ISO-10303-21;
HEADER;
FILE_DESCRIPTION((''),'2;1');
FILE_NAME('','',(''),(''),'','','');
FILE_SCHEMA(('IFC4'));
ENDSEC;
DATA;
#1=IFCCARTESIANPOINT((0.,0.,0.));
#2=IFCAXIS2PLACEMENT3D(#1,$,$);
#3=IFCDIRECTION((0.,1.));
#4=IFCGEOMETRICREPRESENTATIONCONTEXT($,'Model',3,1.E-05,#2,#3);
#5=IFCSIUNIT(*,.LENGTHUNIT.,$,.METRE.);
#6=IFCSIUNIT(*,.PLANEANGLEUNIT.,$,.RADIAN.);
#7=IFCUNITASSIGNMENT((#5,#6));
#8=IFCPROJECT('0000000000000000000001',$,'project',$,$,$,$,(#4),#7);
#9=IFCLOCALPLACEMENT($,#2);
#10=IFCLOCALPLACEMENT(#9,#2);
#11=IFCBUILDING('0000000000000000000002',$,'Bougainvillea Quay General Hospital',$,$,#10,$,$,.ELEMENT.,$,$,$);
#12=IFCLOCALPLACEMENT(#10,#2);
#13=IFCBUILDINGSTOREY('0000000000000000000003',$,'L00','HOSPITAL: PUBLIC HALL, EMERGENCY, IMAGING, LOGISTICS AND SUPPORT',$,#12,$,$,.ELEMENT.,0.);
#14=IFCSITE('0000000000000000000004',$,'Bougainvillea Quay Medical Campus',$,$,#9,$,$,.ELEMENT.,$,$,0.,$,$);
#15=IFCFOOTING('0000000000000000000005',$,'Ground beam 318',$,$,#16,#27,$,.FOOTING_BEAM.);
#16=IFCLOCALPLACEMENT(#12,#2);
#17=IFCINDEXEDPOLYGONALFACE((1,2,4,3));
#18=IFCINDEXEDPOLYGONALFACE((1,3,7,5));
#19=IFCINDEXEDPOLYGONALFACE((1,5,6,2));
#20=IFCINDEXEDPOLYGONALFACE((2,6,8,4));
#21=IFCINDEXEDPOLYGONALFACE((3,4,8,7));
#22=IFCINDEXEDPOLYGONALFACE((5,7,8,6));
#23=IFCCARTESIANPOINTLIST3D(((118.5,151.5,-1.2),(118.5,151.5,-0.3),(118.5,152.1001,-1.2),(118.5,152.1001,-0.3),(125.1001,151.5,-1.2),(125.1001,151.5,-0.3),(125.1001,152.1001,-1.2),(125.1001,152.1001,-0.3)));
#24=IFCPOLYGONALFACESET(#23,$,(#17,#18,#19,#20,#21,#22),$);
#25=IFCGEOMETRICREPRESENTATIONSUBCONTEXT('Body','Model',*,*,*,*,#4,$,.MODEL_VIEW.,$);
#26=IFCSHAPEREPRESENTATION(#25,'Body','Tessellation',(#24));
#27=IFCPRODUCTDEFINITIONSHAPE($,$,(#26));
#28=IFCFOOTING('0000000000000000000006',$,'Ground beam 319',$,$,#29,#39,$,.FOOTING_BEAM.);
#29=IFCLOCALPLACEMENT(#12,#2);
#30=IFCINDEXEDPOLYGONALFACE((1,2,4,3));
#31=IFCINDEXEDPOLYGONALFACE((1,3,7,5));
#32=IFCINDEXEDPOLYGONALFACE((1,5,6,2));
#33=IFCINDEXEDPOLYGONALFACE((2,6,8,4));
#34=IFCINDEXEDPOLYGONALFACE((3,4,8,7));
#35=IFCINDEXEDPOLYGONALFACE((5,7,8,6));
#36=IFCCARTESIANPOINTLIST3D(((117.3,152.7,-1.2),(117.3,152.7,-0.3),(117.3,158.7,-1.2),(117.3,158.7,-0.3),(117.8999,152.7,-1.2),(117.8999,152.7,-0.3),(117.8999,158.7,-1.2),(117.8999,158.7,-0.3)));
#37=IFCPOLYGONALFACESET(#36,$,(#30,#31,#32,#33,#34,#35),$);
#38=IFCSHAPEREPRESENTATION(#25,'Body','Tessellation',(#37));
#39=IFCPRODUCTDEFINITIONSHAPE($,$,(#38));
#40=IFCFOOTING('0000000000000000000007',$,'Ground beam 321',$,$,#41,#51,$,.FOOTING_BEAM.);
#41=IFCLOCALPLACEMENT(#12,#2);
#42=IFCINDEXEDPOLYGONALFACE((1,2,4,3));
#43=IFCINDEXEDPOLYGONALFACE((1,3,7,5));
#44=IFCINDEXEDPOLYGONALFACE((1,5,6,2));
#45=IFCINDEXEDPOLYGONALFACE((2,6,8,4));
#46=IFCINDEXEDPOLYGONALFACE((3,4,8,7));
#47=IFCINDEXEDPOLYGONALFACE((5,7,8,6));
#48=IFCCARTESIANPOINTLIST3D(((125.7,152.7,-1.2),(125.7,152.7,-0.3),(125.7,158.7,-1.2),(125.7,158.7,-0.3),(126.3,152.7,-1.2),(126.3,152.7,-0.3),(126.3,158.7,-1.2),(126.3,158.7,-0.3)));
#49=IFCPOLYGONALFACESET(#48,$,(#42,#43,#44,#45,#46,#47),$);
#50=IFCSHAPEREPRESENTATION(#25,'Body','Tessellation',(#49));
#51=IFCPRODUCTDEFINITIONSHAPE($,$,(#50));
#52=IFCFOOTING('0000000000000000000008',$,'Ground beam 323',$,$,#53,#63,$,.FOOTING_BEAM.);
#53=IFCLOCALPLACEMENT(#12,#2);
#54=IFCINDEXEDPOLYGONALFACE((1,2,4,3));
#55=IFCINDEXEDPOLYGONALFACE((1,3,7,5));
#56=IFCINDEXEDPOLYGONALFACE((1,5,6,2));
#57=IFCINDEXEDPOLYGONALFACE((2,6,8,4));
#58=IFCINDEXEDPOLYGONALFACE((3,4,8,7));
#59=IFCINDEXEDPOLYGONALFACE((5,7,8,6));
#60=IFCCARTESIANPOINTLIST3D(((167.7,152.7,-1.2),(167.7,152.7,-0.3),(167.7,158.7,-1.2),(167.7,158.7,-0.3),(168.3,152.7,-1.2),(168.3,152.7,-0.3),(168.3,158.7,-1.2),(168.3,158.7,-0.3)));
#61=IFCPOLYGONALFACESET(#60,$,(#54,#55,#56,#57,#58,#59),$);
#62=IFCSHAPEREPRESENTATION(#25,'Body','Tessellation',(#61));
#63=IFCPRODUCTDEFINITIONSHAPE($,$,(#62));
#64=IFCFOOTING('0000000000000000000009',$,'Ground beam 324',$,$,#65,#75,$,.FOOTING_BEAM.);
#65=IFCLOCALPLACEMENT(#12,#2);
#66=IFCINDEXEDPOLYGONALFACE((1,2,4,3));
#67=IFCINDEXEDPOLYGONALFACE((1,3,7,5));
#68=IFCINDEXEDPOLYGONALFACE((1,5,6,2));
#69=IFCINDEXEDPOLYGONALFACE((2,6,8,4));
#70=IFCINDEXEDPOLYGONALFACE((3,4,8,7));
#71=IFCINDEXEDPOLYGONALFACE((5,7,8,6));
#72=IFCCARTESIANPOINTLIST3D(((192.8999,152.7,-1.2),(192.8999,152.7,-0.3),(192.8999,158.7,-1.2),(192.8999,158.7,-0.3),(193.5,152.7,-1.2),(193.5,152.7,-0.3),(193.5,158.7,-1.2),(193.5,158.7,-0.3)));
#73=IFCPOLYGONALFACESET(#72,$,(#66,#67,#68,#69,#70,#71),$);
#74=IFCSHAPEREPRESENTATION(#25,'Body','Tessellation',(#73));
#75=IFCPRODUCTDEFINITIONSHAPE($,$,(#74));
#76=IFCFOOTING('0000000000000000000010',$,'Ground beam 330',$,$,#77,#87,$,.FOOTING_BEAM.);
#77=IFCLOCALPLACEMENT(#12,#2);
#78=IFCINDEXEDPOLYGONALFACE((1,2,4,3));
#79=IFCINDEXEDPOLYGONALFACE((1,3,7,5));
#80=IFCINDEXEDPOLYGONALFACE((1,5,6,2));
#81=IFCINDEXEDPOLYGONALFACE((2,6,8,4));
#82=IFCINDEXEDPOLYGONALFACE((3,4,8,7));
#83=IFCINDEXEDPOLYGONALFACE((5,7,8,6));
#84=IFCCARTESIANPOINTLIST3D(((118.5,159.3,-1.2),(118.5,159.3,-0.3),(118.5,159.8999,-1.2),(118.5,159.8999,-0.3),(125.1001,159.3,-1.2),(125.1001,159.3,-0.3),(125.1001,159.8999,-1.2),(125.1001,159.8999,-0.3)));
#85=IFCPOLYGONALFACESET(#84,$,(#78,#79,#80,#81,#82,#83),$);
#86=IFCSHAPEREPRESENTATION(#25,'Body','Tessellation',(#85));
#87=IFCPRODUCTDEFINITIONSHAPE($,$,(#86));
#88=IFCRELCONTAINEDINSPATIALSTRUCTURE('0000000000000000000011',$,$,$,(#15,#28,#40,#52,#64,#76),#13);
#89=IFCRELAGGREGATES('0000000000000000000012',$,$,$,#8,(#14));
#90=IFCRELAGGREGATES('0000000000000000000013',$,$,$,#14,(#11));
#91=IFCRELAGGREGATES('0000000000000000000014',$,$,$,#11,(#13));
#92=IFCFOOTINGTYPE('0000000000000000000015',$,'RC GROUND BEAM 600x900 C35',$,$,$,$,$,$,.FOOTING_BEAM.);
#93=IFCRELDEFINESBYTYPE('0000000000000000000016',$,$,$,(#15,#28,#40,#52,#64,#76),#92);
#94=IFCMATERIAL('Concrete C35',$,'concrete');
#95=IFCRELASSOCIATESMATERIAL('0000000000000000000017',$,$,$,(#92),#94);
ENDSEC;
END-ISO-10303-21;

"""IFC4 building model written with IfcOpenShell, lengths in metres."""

from ifc_helpers import new_model, si_unit, direction, frame, origin, origin_2d, place, context, subcontext, project, spatial, polyline, rectangle, outline, extrude, material, material_profile, profile_set, type_object, element, save


model = new_model("IFC4")

# Units and contexts
model_context = context("Model", 3, precision=1e-05, world=origin(), true_north=direction((0.0, 1.0)))
body_context = subcontext(model_context, "Body", "Model", "MODEL_VIEW")
ifc_project = project(units=[si_unit("LENGTHUNIT", "METRE"), si_unit("PLANEANGLEUNIT", "RADIAN")], contexts=[model_context])

# Site, building, storey
site_placement = place(None, origin())
site = spatial("IfcSite", under=ifc_project, at=site_placement, Name="Bougainvillea Quay Medical Campus", CompositionType="ELEMENT", RefElevation=0.0)
building_placement = place(site_placement, origin())
building = spatial("IfcBuilding", under=site, at=building_placement, Name="Bougainvillea Quay General Hospital", CompositionType="ELEMENT")
storey_placement = place(building_placement, origin())
storey = spatial("IfcBuildingStorey", under=building, at=storey_placement, Name="L00", Description="HOSPITAL: PUBLIC HALL, EMERGENCY, IMAGING, LOGISTICS AND SUPPORT", CompositionType="ELEMENT", Elevation=0.0)

# Footings
ifc_material = material(Name="Concrete C35", Category="concrete")
ifc_material_profile = material_profile(ifc_material, rectangle(XDim=0.6001, YDim=0.8999, at=origin_2d()))
ifc_profile_set = profile_set([ifc_material_profile], Name="Concrete C35")
footing_type_1 = type_object("IfcFootingType", Name="RC GROUND BEAM 600x900 C35", PredefinedType="FOOTING_BEAM", material=ifc_profile_set)
footing_1_placement = place(storey_placement, frame((0.0, 0.0, -1.2)))
element("IfcFooting", 1, at=footing_1_placement, inside=storey, type_object=footing_type_1, Name="Ground beam 318", PredefinedType="FOOTING_BEAM", context=body_context, shape_type="SweptSolid", body=[
    extrude(outline(polyline([(118.5, 152.1001), (125.1001, 152.1001), (125.1001, 151.5), (118.5, 151.5), (118.5, 152.1001)])), origin(), (0.0, 0.0, 1.0), 0.8999),
])
footing_2_placement = place(storey_placement, frame((0.0, 0.0, -1.2)))
element("IfcFooting", 2, at=footing_2_placement, inside=storey, type_object=footing_type_1, Name="Ground beam 319", PredefinedType="FOOTING_BEAM", context=body_context, shape_type="SweptSolid", body=[
    extrude(outline(polyline([(117.3, 152.7), (117.3, 158.7), (117.8999, 158.7), (117.8999, 152.7), (117.3, 152.7)])), origin(), (0.0, 0.0, 1.0), 0.8999),
])
footing_3_placement = place(storey_placement, frame((0.0, 0.0, -1.2)))
element("IfcFooting", 3, at=footing_3_placement, inside=storey, type_object=footing_type_1, Name="Ground beam 321", PredefinedType="FOOTING_BEAM", context=body_context, shape_type="SweptSolid", body=[
    extrude(outline(polyline([(125.7, 152.7), (125.7, 158.7), (126.3, 158.7), (126.3, 152.7), (125.7, 152.7)])), origin(), (0.0, 0.0, 1.0), 0.8999),
])
footing_4_placement = place(storey_placement, frame((0.0, 0.0, -1.2)))
element("IfcFooting", 4, at=footing_4_placement, inside=storey, type_object=footing_type_1, Name="Ground beam 323", PredefinedType="FOOTING_BEAM", context=body_context, shape_type="SweptSolid", body=[
    extrude(outline(polyline([(167.7, 152.7), (167.7, 158.7), (168.3, 158.7), (168.3, 152.7), (167.7, 152.7)])), origin(), (0.0, 0.0, 1.0), 0.8999),
])
footing_5_placement = place(storey_placement, frame((0.0, 0.0, -1.2)))
element("IfcFooting", 5, at=footing_5_placement, inside=storey, type_object=footing_type_1, Name="Ground beam 324", PredefinedType="FOOTING_BEAM", context=body_context, shape_type="SweptSolid", body=[
    extrude(outline(polyline([(192.8999, 152.7), (192.8999, 158.7), (193.5, 158.7), (193.5, 152.7), (192.8999, 152.7)])), origin(), (0.0, 0.0, 1.0), 0.8999),
])
footing_6_placement = place(storey_placement, frame((0.0, 0.0, -1.2)))
element("IfcFooting", 6, at=footing_6_placement, inside=storey, type_object=footing_type_1, Name="Ground beam 330", PredefinedType="FOOTING_BEAM", context=body_context, shape_type="SweptSolid", body=[
    extrude(outline(polyline([(118.5, 159.8999), (125.1001, 159.8999), (125.1001, 159.3), (118.5, 159.3), (118.5, 159.8999)])), origin(), (0.0, 0.0, 1.0), 0.8999),
])

save(model, "model.ifc")
